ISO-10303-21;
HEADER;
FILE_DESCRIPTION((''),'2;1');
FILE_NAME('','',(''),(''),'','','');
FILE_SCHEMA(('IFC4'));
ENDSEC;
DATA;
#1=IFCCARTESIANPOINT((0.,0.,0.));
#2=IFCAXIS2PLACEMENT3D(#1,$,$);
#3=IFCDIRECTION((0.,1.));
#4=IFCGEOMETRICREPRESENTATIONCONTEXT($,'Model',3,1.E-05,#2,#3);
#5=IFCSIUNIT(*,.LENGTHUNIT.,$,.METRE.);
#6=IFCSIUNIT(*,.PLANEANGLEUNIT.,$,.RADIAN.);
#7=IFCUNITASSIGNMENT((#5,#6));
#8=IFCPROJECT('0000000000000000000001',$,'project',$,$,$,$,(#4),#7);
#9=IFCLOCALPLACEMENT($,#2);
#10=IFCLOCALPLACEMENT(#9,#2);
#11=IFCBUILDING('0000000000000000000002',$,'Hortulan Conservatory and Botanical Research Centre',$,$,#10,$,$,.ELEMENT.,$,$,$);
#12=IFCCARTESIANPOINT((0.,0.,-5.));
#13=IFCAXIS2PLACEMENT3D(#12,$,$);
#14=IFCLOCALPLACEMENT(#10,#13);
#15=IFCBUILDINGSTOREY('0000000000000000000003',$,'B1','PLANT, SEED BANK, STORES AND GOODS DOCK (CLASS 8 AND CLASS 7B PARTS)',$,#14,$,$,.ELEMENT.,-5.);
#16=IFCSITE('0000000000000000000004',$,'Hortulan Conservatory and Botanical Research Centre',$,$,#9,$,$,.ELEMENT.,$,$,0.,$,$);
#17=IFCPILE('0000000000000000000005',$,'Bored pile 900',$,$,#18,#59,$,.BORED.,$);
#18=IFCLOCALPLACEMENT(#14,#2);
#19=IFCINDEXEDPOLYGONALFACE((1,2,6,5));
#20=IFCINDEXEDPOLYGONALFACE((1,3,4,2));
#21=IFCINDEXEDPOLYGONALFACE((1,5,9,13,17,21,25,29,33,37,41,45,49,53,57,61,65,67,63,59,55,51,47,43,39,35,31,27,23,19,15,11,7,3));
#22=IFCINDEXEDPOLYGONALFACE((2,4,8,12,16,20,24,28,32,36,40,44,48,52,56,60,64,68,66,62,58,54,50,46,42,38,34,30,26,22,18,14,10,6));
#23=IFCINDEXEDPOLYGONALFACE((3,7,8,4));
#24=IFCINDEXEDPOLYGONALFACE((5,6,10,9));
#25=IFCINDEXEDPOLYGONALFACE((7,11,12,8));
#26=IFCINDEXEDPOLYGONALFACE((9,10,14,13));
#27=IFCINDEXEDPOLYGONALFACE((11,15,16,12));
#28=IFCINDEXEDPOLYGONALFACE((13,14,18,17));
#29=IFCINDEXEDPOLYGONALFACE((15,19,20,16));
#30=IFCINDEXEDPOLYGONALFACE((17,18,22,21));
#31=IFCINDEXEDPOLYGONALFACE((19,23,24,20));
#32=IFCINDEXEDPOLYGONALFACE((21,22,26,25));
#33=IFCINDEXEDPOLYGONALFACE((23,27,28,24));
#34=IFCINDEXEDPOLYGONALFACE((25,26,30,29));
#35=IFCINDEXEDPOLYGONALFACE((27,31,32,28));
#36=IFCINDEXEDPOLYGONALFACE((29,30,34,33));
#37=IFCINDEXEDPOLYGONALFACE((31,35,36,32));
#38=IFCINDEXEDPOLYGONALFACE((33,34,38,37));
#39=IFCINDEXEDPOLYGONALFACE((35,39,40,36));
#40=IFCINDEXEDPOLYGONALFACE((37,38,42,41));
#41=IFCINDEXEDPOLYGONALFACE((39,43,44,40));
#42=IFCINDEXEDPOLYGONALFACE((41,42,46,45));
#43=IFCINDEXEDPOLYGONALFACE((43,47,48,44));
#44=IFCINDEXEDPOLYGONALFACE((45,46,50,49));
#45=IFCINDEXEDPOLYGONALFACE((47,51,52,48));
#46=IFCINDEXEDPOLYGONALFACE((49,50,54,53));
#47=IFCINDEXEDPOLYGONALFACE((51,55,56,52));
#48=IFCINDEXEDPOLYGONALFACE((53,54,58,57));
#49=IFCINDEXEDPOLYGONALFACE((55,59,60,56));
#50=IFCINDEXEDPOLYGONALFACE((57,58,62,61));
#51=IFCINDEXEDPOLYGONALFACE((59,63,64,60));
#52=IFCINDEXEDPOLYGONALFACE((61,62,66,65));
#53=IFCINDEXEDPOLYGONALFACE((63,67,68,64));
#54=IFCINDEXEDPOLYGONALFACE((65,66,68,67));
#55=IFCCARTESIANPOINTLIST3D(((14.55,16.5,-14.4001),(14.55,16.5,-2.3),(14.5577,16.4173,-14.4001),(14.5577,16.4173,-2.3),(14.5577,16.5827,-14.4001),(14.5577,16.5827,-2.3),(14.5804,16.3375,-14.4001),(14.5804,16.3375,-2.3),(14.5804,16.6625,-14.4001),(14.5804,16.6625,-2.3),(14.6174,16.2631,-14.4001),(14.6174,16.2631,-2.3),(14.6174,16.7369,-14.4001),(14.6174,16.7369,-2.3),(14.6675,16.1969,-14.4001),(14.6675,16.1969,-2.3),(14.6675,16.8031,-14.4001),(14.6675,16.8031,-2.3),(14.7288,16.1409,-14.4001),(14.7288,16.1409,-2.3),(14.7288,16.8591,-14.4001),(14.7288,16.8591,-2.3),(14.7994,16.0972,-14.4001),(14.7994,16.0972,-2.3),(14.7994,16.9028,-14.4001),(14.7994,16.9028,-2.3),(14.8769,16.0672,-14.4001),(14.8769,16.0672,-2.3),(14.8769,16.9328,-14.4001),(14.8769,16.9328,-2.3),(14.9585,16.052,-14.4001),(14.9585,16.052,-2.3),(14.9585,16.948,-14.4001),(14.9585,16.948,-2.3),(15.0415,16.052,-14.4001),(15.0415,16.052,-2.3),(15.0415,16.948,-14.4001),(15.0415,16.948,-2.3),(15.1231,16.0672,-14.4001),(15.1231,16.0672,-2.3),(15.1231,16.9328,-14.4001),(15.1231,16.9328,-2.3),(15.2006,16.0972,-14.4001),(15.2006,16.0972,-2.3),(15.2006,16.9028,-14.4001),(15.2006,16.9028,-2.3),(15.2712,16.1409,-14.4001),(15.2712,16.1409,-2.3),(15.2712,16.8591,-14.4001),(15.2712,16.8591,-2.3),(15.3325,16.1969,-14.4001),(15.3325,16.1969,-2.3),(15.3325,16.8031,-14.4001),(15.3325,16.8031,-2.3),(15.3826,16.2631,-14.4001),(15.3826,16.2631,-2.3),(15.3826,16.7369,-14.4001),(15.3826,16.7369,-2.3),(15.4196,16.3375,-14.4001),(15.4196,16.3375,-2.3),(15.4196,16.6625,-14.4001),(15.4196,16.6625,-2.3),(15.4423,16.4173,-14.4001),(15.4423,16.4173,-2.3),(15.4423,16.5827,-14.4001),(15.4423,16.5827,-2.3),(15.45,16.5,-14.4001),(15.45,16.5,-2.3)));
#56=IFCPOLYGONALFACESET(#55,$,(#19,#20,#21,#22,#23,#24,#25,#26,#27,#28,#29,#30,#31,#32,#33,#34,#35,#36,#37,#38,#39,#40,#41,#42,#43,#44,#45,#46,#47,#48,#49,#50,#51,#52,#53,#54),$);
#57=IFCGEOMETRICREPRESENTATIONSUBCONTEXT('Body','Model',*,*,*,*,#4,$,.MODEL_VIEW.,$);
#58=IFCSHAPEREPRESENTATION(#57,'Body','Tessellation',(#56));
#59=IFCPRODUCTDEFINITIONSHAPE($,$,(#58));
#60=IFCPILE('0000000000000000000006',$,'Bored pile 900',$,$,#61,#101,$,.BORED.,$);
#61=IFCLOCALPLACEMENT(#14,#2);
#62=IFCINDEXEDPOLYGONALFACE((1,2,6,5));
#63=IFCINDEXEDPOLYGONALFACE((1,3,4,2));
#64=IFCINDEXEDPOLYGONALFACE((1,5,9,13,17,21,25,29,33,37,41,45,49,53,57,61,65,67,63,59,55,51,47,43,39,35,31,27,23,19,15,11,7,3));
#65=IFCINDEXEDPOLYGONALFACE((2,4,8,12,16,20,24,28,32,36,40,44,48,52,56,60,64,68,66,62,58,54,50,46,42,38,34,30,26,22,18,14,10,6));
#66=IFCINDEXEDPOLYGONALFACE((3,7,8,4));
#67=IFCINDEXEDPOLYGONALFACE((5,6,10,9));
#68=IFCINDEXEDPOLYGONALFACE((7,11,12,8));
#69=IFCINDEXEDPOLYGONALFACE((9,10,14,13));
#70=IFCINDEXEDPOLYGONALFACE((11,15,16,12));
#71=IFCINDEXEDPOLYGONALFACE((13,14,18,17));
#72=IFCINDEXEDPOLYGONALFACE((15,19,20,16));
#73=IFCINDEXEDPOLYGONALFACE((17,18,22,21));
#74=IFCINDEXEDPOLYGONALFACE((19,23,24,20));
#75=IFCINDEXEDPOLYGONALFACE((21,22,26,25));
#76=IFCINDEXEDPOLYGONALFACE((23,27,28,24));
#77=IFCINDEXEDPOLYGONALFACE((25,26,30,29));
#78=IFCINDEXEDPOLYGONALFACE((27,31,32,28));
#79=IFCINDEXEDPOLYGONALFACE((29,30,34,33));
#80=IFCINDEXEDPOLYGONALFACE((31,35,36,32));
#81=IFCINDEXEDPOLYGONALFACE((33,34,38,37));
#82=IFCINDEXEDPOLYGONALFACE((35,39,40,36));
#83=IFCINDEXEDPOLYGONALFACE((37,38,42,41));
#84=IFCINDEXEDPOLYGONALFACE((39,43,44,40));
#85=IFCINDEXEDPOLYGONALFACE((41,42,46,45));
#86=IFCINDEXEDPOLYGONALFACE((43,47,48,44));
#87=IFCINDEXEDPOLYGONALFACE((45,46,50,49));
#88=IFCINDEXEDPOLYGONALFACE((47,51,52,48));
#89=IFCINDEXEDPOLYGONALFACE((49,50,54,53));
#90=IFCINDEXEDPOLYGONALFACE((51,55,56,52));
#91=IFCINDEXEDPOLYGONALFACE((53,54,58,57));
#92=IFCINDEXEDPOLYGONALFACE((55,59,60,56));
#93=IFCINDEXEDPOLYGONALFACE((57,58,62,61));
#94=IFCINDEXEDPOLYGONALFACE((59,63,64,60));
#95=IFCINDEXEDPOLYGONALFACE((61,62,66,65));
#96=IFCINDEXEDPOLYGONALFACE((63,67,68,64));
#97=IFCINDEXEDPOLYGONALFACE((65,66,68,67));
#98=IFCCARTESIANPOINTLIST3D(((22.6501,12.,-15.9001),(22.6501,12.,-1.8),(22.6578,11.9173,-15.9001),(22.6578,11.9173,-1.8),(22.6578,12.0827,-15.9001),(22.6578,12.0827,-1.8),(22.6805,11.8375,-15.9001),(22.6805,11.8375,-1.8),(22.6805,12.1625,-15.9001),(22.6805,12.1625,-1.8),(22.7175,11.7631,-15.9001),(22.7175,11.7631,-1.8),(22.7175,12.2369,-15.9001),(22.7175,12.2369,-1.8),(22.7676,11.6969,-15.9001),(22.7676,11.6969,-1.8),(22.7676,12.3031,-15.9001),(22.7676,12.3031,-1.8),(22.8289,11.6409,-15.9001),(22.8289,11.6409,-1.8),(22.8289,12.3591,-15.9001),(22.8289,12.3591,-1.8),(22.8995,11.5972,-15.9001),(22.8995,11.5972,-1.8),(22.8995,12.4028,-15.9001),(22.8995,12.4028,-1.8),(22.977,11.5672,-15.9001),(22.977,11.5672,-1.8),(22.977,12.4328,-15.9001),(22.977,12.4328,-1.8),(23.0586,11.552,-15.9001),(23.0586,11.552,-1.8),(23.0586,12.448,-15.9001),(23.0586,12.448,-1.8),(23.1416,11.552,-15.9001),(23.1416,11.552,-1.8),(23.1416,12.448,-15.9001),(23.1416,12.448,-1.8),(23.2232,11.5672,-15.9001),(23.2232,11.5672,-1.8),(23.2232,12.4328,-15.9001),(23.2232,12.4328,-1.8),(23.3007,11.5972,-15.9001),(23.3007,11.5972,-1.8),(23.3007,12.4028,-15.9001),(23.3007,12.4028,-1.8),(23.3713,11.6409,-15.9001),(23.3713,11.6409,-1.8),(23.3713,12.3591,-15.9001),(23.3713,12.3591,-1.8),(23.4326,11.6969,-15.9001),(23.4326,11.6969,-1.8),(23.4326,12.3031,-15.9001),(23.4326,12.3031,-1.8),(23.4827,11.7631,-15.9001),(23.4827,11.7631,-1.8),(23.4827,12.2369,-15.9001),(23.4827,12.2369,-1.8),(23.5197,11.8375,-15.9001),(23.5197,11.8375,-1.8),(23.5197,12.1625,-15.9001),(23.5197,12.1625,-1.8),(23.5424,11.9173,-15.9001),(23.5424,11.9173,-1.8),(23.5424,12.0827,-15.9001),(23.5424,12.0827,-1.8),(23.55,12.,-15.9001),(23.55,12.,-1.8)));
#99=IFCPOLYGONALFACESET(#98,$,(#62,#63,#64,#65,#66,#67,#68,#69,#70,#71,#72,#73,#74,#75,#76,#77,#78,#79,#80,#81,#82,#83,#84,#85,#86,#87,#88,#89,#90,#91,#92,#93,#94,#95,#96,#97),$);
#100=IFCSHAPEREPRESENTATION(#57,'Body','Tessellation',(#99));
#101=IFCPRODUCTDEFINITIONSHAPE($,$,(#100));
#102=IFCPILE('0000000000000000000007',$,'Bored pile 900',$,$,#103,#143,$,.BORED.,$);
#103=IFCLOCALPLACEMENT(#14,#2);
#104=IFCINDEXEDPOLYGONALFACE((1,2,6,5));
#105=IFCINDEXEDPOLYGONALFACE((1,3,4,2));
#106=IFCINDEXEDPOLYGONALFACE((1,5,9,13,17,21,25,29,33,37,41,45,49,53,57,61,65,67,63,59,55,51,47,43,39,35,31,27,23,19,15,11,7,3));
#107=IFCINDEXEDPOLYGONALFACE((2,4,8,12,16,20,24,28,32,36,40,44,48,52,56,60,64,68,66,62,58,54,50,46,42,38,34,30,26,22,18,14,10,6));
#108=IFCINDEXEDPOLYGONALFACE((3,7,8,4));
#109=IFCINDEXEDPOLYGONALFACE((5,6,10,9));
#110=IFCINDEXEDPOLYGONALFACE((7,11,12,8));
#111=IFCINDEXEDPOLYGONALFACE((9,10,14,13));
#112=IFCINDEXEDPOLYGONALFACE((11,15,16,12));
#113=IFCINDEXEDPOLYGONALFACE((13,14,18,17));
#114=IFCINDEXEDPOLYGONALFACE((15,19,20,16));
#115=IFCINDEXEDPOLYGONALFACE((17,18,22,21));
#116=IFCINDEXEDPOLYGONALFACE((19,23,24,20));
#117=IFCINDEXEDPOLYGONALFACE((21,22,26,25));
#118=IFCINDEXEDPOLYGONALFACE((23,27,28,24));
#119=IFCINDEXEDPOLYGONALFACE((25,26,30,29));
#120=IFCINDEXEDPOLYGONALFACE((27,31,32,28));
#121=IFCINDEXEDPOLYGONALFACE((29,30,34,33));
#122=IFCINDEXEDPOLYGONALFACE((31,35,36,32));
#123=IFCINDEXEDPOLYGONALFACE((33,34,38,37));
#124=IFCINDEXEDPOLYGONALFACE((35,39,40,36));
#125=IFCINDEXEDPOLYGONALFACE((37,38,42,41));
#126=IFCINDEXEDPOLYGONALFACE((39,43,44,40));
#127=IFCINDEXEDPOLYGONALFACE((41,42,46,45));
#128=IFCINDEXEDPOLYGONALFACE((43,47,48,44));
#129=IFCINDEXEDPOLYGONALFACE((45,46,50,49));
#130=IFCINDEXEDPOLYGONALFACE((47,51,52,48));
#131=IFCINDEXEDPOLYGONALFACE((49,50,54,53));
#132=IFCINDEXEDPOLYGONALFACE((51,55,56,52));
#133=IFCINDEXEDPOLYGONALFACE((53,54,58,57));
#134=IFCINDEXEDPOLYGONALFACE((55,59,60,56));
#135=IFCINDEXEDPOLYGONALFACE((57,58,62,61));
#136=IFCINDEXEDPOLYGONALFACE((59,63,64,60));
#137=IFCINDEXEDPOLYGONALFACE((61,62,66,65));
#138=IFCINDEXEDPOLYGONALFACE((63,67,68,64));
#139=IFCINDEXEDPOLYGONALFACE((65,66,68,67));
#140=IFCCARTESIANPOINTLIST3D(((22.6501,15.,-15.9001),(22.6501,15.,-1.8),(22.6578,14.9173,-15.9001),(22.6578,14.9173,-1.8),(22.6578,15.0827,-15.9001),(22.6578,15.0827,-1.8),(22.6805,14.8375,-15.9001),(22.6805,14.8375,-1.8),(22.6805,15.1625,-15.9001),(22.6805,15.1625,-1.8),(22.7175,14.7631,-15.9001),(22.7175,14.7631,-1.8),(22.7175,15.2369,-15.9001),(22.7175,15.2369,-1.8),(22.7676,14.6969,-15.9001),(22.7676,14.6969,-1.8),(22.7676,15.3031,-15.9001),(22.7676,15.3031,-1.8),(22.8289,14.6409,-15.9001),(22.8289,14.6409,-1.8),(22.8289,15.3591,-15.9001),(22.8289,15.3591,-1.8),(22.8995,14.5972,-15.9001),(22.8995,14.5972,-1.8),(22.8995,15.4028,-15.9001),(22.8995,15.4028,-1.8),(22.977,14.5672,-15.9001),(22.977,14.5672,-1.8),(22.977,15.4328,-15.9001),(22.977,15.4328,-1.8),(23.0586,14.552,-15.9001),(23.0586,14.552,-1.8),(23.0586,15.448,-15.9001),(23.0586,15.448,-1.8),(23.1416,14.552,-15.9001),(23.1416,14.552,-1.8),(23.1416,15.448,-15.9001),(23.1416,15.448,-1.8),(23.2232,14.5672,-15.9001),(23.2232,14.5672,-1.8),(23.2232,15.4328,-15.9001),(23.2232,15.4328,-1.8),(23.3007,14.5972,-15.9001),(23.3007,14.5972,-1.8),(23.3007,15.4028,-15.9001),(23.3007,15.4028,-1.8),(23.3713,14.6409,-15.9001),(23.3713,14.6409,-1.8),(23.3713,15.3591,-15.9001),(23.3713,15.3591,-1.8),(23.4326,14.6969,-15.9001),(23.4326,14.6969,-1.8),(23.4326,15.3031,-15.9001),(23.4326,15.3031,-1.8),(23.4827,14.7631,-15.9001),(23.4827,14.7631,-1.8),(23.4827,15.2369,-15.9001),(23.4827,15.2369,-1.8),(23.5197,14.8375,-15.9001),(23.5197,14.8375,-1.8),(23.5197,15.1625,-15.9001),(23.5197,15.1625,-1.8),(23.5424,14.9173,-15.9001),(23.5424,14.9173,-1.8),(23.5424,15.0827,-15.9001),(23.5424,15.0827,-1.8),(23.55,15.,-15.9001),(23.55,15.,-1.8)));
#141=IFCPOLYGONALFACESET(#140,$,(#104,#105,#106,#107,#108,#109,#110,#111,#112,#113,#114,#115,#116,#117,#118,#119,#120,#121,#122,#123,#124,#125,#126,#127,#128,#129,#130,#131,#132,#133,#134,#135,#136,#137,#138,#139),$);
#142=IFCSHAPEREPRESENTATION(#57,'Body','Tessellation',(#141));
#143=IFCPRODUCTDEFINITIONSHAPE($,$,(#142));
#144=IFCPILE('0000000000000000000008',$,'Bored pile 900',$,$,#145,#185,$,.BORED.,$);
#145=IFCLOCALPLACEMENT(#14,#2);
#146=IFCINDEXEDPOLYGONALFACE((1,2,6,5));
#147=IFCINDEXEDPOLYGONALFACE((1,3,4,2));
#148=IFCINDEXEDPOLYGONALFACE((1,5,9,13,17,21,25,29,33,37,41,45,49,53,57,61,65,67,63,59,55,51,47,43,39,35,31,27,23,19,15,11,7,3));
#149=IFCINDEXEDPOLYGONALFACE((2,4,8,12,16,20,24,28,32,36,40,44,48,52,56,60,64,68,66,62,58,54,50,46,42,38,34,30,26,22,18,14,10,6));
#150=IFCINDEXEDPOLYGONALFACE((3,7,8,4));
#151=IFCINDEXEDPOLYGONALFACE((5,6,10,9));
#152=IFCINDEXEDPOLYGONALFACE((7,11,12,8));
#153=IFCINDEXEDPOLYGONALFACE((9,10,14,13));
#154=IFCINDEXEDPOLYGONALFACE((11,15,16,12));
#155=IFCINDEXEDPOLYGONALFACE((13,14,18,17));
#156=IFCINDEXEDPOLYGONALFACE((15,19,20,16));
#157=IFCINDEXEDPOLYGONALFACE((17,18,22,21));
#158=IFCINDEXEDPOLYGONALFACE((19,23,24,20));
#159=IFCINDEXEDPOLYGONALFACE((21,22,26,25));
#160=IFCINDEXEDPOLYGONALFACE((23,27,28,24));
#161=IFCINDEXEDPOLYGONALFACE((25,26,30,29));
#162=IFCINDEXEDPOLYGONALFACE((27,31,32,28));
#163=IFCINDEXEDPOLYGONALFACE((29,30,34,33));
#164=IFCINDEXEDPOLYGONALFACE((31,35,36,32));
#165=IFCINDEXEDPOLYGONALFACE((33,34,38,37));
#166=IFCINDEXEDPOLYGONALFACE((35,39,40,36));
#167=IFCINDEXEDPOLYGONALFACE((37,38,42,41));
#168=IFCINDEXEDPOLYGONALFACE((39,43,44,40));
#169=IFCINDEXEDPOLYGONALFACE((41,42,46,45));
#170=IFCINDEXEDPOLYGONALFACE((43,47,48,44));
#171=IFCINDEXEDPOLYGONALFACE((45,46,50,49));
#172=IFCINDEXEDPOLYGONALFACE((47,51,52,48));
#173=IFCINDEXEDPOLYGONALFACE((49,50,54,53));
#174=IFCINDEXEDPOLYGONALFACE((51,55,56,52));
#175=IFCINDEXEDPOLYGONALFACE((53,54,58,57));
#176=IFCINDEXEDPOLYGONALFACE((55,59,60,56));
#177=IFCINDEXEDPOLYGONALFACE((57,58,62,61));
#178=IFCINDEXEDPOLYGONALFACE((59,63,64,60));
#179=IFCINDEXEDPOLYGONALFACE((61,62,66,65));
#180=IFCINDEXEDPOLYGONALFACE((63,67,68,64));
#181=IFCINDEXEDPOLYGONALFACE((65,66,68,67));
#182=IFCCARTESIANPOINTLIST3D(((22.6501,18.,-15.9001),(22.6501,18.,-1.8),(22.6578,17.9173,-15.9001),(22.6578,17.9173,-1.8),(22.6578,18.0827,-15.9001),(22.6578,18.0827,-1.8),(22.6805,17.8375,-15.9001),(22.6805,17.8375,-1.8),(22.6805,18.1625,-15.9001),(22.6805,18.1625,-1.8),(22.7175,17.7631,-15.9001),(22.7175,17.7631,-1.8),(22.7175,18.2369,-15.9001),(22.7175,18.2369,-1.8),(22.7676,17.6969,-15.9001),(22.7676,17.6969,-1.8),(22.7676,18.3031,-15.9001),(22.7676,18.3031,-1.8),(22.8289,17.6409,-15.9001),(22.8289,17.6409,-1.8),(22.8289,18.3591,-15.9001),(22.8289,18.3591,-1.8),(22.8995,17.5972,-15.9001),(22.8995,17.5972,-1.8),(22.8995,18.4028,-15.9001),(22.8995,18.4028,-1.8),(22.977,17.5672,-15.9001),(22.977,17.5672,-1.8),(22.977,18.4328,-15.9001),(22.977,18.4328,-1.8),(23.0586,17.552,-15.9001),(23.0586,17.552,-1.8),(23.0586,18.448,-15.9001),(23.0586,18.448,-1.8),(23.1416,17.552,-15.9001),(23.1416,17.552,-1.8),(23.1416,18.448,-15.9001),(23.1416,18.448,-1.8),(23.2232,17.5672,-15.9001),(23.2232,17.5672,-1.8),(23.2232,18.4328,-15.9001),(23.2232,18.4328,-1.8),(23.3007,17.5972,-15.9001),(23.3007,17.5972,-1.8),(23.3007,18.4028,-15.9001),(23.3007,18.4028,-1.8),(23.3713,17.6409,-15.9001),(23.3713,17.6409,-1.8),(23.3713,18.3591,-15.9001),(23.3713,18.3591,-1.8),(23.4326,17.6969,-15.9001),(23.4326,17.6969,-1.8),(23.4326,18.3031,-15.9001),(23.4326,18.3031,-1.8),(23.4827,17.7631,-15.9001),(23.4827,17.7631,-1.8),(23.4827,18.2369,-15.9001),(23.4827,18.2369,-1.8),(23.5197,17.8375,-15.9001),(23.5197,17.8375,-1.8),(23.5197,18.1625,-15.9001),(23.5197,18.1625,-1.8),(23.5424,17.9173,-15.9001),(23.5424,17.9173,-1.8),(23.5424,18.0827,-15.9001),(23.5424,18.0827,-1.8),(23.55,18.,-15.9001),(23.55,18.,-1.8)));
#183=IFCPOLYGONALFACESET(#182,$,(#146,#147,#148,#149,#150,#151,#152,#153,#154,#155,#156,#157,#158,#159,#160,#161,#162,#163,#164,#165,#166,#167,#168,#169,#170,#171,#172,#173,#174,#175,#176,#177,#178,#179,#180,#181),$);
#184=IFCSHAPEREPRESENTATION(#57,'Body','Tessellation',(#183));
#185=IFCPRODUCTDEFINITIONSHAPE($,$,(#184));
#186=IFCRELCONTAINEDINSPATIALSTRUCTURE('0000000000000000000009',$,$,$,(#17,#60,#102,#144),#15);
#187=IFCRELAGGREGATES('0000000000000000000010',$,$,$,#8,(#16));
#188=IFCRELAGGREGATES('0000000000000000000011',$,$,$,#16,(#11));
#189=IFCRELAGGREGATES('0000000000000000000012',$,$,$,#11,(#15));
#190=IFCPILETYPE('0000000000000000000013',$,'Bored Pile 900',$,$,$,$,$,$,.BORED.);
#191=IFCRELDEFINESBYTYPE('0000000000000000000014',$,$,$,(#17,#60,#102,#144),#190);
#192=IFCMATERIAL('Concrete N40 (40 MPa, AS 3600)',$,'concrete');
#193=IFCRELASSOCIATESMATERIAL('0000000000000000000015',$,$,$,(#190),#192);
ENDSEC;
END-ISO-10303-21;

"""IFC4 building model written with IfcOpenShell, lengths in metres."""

from ifc_helpers import new_model, si_unit, direction, frame, origin, origin_2d, place, context, subcontext, project, spatial, circle, extrude, material, material_profile, profile_set, type_object, element, save


model = new_model("IFC4")

# Units and contexts
model_context = context("Model", 3, precision=1e-05, world=origin(), true_north=direction((0.0, 1.0)))
body_context = subcontext(model_context, "Body", "Model", "MODEL_VIEW")
ifc_project = project(units=[si_unit("LENGTHUNIT", "METRE"), si_unit("PLANEANGLEUNIT", "RADIAN")], contexts=[model_context])

# Site, building, storey
site_placement = place(None, origin())
site = spatial("IfcSite", under=ifc_project, at=site_placement, Name="Hortulan Conservatory and Botanical Research Centre", CompositionType="ELEMENT", RefElevation=0.0)
building_placement = place(site_placement, origin())
building = spatial("IfcBuilding", under=site, at=building_placement, Name="Hortulan Conservatory and Botanical Research Centre", CompositionType="ELEMENT")
storey_placement = place(building_placement, frame((0.0, 0.0, -5.0)))
storey = spatial("IfcBuildingStorey", under=building, at=storey_placement, Name="B1", Description="PLANT, SEED BANK, STORES AND GOODS DOCK (CLASS 8 AND CLASS 7B PARTS)", CompositionType="ELEMENT", Elevation=-5.0)

# Piles
ifc_material_1 = material(Name="Concrete N40 (40 MPa, AS 3600)", Category="concrete")
ifc_material_profile = material_profile(ifc_material_1, circle(Radius=0.45, at=origin_2d()), Name="Bored pile 900 diameter")
ifc_profile_set = profile_set([ifc_material_profile], Name="Concrete N40 (40 MPa, AS 3600)")
pile_type = type_object("IfcPileType", Name="Bored Pile 900", PredefinedType="BORED", material=ifc_profile_set)
pile_placement = place(storey_placement, frame((15.0, 16.5, -2.3), z_axis=(0.0, 0.0, -1.0), x_axis=(1.0, 0.0, 0.0)))
element("IfcPile", 1, at=pile_placement, inside=storey, type_object=pile_type, Name="Bored pile 900", PredefinedType="BORED", context=body_context, shape_type="SweptSolid", body=[
    extrude(circle(Radius=0.45, at=origin_2d()), origin(), (0.0, 0.0, 1.0), 12.1001),
])
for number, where, z_axis, x_axis, name in (
    (2, (23.1001, 12.0, -1.8), (0.0, 0.0, -1.0), (1.0, 0.0, 0.0), "Bored pile 900"),
    (3, (23.1001, 15.0, -1.8), (0.0, 0.0, -1.0), (1.0, 0.0, 0.0), "Bored pile 900"),
    (4, (23.1001, 18.0, -1.8), (0.0, 0.0, -1.0), (1.0, 0.0, 0.0), "Bored pile 900"),
):
    element("IfcPile", number, at=place(storey_placement, frame(where, z_axis=z_axis, x_axis=x_axis)), inside=storey, type_object=pile_type, Name=name, PredefinedType="BORED", context=body_context, shape_type="SweptSolid", body=[
        extrude(circle(Radius=0.45, at=origin_2d()), origin(), (0.0, 0.0, 1.0), 14.1001),
    ])

save(model, "model.ifc")
